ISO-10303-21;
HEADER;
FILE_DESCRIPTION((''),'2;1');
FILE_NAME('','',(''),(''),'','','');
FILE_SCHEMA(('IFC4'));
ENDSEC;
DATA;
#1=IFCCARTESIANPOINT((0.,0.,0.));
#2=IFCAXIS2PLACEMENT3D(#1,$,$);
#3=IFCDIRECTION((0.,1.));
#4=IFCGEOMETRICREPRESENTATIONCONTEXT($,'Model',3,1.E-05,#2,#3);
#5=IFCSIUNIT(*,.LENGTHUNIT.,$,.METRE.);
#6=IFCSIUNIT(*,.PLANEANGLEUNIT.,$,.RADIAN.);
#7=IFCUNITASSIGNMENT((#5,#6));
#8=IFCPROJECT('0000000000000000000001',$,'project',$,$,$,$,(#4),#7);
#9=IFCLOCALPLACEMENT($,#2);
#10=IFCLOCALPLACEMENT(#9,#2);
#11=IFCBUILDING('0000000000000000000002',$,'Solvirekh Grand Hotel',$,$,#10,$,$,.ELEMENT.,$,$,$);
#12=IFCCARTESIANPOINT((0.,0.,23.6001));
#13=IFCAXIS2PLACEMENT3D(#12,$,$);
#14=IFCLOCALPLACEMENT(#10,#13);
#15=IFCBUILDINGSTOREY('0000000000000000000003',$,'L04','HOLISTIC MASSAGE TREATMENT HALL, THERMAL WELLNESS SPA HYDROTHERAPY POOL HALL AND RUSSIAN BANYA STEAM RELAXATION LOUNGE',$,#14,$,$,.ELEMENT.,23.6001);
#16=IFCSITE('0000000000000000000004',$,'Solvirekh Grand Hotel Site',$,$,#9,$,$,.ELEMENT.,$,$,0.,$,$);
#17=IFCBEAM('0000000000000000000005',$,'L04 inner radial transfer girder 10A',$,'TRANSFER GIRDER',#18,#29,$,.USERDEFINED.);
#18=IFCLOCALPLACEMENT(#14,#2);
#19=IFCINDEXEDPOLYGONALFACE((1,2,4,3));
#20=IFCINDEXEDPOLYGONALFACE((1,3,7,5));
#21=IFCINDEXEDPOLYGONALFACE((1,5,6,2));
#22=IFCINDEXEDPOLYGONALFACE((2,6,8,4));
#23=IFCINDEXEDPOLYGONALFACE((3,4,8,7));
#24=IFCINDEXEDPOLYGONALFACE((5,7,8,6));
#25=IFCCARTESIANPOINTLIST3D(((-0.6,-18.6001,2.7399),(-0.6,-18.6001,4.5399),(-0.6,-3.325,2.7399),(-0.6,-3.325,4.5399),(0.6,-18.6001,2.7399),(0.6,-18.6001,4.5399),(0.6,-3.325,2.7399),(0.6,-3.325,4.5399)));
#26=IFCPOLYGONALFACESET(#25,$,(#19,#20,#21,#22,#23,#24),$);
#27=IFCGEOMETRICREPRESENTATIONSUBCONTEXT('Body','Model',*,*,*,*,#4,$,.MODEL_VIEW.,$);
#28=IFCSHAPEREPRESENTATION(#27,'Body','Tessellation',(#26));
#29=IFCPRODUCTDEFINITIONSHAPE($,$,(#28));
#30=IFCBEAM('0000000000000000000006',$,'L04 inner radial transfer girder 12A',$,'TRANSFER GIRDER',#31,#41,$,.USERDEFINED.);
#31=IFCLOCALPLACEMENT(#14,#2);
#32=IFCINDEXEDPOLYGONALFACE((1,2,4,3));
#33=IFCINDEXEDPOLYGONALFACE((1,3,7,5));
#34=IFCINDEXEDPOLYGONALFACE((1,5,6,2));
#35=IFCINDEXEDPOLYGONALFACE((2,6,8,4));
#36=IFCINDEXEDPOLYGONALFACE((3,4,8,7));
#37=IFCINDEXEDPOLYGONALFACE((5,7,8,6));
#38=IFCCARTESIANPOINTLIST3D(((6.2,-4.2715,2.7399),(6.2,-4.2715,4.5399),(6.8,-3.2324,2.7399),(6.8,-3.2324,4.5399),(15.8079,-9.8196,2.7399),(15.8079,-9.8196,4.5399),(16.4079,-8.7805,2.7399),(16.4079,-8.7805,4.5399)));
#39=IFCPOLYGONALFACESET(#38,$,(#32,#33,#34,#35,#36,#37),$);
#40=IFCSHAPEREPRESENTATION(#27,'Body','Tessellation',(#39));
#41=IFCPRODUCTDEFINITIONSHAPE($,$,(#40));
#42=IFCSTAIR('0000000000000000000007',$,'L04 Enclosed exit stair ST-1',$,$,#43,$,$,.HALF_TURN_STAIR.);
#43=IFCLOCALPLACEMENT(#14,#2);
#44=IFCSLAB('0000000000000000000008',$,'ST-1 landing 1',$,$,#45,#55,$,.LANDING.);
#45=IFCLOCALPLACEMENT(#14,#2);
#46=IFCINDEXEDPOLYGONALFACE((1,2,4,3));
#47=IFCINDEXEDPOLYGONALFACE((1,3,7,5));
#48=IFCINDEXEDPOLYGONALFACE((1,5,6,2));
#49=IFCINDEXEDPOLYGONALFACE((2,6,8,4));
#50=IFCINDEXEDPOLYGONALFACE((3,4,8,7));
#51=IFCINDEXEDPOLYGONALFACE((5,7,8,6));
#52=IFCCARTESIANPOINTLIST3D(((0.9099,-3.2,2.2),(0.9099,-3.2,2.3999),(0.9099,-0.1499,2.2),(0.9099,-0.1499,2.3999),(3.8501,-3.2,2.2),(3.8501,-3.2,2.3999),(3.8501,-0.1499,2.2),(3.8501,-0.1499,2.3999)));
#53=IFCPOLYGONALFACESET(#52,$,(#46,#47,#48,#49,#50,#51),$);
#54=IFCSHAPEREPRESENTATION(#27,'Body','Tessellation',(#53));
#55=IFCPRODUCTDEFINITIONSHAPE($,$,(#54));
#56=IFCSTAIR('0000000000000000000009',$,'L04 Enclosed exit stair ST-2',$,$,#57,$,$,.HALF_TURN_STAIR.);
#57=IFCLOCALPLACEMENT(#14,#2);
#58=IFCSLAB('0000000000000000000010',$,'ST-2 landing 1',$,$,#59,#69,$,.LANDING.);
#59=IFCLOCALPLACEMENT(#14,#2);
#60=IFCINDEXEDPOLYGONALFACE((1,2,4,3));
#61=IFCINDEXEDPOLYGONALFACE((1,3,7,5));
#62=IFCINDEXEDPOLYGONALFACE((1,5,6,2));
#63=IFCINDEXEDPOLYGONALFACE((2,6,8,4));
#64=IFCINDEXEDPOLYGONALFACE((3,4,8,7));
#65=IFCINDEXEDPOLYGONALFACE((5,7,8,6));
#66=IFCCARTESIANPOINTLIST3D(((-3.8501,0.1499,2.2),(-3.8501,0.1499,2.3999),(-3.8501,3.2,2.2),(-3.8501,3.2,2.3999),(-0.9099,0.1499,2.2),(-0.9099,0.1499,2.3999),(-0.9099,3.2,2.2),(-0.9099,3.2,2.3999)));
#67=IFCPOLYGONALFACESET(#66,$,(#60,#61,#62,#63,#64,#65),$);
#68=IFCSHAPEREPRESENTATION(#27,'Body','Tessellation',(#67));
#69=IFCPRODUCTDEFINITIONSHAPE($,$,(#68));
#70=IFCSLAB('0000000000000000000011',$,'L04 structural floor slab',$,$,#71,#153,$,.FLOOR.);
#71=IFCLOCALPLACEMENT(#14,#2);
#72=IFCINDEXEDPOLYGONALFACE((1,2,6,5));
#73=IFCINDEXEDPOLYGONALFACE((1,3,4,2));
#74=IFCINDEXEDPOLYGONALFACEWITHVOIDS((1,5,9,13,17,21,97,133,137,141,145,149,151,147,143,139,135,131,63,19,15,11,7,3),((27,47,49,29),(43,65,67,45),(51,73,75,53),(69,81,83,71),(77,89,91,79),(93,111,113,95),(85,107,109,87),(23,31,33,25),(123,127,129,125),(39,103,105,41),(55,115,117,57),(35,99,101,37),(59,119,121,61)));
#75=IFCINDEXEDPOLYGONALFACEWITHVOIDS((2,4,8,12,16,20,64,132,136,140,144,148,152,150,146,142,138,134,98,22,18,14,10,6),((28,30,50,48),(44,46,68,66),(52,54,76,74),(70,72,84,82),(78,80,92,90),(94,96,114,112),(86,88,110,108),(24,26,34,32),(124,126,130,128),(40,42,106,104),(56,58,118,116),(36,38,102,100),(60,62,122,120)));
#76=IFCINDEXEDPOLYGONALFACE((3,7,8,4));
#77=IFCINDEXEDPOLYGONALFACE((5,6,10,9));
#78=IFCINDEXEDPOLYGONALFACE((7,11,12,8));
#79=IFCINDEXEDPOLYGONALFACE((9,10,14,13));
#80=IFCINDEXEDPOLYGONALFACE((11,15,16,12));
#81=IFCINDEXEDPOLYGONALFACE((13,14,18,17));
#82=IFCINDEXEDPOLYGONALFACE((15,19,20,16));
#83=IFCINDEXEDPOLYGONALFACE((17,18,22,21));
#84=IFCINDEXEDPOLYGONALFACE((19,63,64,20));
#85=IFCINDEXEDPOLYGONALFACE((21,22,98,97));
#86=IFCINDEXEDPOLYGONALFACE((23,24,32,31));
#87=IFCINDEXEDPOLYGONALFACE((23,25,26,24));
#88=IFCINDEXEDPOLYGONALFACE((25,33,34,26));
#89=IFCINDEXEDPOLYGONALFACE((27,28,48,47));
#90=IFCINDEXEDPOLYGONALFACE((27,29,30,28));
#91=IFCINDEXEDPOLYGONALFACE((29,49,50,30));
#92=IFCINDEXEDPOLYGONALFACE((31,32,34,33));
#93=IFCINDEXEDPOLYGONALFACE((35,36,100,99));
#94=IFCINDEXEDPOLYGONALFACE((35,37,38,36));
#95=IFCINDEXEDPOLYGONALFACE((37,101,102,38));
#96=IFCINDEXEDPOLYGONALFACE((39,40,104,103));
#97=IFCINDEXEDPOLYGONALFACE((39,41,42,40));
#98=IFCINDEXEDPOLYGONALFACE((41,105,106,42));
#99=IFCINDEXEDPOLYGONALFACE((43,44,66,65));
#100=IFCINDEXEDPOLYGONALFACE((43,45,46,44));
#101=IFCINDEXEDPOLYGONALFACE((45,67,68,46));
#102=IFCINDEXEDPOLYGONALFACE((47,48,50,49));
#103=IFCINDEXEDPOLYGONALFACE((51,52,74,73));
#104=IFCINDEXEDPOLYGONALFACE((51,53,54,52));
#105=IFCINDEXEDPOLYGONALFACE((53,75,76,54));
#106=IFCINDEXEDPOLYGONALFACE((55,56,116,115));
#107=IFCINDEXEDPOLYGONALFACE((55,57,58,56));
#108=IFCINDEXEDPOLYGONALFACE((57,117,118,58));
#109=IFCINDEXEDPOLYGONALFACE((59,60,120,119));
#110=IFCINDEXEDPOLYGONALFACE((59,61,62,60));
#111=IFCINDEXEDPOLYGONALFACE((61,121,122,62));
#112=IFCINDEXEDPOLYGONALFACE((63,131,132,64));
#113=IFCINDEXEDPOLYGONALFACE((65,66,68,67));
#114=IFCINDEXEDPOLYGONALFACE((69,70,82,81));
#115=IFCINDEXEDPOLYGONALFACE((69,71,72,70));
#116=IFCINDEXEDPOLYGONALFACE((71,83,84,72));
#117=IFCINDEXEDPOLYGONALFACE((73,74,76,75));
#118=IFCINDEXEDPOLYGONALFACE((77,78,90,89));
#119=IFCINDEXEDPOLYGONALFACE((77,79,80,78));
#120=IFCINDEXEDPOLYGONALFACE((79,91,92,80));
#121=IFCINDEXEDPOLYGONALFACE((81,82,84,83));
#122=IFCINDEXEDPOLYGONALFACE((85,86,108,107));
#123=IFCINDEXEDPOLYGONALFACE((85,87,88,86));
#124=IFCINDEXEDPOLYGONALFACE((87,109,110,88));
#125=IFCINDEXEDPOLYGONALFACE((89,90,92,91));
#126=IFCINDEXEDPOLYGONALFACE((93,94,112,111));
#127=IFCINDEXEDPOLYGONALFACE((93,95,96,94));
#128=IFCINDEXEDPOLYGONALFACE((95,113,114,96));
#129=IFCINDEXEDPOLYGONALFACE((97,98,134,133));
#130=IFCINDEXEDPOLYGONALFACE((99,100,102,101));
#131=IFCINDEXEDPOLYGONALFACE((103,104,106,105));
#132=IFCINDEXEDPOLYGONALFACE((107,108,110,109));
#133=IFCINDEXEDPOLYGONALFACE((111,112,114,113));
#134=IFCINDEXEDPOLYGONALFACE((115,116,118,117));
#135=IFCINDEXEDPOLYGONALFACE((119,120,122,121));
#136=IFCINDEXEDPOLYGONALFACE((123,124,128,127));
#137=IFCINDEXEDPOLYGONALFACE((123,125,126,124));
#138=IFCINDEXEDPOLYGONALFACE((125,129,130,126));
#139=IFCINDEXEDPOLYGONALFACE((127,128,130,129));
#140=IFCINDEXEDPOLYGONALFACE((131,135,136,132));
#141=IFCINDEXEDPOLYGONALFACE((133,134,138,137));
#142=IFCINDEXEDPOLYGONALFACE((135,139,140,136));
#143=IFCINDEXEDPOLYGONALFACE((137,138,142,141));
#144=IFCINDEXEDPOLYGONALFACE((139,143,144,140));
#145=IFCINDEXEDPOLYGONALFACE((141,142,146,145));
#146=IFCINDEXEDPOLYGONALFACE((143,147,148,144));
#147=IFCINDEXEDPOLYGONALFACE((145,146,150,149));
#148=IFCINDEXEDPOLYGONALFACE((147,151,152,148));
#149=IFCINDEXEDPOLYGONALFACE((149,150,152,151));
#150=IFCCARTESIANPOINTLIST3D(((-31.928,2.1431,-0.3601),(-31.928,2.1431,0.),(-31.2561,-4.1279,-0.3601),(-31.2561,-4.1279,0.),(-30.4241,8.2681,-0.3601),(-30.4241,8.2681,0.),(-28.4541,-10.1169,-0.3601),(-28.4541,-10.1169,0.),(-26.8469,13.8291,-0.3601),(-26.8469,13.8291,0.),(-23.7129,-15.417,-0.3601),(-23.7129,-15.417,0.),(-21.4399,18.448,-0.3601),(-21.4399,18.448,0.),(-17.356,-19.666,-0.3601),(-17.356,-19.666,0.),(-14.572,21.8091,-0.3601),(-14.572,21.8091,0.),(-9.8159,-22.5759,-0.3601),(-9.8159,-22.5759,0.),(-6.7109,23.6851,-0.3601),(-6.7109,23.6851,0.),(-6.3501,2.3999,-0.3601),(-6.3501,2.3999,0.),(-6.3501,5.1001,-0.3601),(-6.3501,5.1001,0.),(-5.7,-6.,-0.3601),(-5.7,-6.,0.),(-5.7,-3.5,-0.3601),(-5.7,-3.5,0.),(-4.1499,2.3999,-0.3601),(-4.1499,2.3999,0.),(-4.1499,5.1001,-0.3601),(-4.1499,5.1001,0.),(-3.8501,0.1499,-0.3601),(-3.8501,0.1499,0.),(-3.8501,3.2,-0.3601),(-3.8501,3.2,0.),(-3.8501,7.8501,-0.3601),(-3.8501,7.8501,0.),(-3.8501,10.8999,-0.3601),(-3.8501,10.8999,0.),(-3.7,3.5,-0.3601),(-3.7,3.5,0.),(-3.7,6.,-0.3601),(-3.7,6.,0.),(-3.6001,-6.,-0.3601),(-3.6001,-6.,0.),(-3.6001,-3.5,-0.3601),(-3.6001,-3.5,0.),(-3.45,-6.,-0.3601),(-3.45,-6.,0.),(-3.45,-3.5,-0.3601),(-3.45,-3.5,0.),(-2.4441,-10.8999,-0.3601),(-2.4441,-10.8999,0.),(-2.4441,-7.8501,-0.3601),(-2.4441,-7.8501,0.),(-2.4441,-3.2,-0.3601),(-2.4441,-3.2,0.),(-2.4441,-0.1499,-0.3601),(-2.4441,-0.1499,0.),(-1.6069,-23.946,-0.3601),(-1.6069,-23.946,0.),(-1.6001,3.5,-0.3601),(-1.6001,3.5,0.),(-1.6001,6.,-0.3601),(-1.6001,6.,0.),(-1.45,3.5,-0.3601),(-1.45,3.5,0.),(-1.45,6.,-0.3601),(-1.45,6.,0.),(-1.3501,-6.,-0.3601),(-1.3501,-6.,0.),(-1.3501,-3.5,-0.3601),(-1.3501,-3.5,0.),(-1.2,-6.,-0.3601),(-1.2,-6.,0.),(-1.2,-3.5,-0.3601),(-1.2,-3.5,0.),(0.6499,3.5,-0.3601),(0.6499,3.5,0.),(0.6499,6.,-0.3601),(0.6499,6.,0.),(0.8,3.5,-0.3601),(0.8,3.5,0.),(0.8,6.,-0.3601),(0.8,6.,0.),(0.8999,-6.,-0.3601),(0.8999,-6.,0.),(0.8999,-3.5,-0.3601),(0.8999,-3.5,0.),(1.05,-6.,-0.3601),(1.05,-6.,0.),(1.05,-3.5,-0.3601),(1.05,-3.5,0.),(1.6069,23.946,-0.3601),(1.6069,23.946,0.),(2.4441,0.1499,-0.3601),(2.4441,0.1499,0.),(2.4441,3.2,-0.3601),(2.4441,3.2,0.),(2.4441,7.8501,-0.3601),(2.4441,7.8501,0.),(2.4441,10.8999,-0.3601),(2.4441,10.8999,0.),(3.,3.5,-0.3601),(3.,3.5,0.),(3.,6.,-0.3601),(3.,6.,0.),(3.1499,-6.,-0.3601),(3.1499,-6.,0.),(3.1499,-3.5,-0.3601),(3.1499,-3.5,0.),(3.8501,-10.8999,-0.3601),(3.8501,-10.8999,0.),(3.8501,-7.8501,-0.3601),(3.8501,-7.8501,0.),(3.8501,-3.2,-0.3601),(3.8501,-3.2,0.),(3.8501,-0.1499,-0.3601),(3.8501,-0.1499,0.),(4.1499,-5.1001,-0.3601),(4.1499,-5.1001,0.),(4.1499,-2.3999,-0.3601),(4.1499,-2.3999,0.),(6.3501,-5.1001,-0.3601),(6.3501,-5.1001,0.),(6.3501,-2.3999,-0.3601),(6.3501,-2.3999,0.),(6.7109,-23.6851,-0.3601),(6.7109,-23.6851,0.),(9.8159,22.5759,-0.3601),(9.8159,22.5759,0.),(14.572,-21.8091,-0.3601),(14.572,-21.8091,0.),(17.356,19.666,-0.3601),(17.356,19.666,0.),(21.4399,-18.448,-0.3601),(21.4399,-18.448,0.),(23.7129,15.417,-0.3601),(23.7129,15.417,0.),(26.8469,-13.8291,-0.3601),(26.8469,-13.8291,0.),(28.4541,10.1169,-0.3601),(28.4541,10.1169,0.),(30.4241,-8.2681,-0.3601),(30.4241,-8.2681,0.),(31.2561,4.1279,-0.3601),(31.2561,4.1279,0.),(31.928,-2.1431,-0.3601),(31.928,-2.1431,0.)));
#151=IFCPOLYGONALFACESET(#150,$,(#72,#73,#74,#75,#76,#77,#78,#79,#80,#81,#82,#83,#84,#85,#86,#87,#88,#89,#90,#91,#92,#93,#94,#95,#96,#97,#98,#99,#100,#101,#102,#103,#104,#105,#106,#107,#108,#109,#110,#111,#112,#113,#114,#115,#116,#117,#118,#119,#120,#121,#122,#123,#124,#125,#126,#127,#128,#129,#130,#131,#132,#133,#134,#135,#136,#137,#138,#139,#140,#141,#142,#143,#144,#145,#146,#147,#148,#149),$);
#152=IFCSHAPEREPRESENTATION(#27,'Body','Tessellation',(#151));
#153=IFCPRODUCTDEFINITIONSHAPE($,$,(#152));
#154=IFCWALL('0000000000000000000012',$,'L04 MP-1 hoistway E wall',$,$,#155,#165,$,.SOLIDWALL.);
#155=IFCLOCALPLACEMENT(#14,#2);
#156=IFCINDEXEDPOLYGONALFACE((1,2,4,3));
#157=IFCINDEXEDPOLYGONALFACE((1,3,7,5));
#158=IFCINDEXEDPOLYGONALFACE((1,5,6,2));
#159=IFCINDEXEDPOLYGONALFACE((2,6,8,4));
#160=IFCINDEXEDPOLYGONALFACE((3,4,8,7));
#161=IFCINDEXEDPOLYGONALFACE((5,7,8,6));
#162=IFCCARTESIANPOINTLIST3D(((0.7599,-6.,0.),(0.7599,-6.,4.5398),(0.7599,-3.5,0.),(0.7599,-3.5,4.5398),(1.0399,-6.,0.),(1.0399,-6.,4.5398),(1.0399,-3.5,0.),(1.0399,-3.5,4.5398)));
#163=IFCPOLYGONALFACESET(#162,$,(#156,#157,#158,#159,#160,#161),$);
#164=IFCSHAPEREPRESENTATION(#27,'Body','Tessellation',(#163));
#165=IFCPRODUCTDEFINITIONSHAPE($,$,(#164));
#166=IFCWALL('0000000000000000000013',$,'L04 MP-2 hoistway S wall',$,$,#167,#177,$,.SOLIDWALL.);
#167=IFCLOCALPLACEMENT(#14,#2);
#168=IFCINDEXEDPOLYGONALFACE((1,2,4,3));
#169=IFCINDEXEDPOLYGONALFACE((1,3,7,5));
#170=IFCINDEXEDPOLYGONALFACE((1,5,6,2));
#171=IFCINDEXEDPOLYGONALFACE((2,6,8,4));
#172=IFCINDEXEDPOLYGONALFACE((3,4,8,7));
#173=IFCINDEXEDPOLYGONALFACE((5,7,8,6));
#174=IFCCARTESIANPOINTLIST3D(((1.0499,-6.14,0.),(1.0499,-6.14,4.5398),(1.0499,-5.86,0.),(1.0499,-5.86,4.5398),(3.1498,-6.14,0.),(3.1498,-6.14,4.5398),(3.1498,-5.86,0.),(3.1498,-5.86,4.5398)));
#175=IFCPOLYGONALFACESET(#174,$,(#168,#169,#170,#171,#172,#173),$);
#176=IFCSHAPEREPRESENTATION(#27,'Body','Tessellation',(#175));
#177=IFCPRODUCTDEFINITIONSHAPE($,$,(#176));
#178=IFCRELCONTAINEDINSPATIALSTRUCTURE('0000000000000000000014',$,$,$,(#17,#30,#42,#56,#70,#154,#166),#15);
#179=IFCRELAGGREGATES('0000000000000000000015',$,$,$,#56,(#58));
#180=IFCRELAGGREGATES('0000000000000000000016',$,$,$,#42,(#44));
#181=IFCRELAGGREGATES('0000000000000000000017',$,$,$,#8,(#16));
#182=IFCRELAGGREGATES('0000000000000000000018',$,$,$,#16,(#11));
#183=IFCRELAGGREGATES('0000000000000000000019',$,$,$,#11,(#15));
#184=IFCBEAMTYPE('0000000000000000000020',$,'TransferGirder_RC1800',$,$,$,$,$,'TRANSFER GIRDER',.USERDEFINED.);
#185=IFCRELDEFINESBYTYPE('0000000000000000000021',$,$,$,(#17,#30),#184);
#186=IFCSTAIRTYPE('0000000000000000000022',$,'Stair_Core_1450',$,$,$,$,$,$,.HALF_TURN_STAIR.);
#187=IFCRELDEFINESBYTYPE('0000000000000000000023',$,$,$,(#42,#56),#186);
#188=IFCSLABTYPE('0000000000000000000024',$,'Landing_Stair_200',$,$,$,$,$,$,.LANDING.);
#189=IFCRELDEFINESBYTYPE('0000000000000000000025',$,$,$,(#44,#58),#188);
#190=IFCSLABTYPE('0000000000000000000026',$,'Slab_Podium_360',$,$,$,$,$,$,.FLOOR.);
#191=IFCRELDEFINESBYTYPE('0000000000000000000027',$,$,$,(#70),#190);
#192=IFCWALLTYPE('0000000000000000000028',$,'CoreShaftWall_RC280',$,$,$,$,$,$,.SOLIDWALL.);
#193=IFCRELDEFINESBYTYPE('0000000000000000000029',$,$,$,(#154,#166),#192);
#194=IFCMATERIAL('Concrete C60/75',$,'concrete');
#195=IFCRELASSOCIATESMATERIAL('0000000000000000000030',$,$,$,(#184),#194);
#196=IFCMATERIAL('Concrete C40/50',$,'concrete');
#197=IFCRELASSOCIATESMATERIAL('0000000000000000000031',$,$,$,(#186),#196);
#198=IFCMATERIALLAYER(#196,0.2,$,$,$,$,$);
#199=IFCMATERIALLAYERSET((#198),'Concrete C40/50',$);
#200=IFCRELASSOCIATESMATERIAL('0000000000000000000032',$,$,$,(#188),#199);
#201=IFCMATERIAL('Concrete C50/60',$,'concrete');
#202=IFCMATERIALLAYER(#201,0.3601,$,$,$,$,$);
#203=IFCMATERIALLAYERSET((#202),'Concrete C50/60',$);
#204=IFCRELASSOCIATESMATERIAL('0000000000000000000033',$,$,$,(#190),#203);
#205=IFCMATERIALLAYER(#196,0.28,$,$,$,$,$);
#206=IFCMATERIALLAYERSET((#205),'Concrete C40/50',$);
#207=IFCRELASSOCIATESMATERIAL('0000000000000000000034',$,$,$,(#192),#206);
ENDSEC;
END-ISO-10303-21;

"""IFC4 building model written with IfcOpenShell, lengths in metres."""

from ifc_helpers import new_model, si_unit, direction, frame, frame_2d, origin, origin_2d, place, context, subcontext, project, spatial, polyline, rectangle, outline, extrude, material, layer, layer_set, material_profile, profile_set, type_object, element, aggregate, save


model = new_model("IFC4")

# Units and contexts
model_context = context("Model", 3, precision=1e-05, world=origin(), true_north=direction((0.0, 1.0)))
body_context = subcontext(model_context, "Body", "Model", "MODEL_VIEW")
ifc_project = project(units=[si_unit("LENGTHUNIT", "METRE"), si_unit("PLANEANGLEUNIT", "RADIAN")], contexts=[model_context])

# Site, building, storey
site_placement = place(None, origin())
site = spatial("IfcSite", under=ifc_project, at=site_placement, Name="Solvirekh Grand Hotel Site", CompositionType="ELEMENT", RefElevation=0.0)
building_placement = place(site_placement, origin())
building = spatial("IfcBuilding", under=site, at=building_placement, Name="Solvirekh Grand Hotel", CompositionType="ELEMENT")
storey_placement = place(building_placement, frame((0.0, 0.0, 23.6001)))
storey = spatial("IfcBuildingStorey", under=building, at=storey_placement, Name="L04", Description="HOLISTIC MASSAGE TREATMENT HALL, THERMAL WELLNESS SPA HYDROTHERAPY POOL HALL AND RUSSIAN BANYA STEAM RELAXATION LOUNGE", CompositionType="ELEMENT", Elevation=23.6001)

# Beams
ifc_material_1 = material(Name="Concrete C60/75", Category="concrete")
ifc_material_profile = material_profile(ifc_material_1, rectangle(XDim=1.2, YDim=1.8, at=origin_2d()), Name="RC GIRDER 1200X1800")
ifc_profile_set = profile_set([ifc_material_profile], Name="Concrete C60/75")
beam_type = type_object("IfcBeamType", Name="TransferGirder_RC1800", ElementType="TRANSFER GIRDER", PredefinedType="USERDEFINED", material=ifc_profile_set)
beam_1_placement = place(storey_placement, frame((0.0, -3.325, 3.6399), z_axis=(0.0, -1.0, 0.0), x_axis=(1.0, 0.0, 0.0)))
element("IfcBeam", 1, at=beam_1_placement, inside=storey, type_object=beam_type, Name="L04 inner radial transfer girder 10A", ObjectType="TRANSFER GIRDER", PredefinedType="USERDEFINED", context=body_context, shape_type="SweptSolid", body=[
    extrude(rectangle(XDim=1.2, YDim=1.8, at=origin_2d()), origin(), (0.0, 0.0, 1.0), 15.2751),
])
beam_2_placement = place(storey_placement, frame((6.5, -3.752, 3.6399), z_axis=(0.865988, -0.500065, 0.0), x_axis=(0.500065, 0.865988, 0.0)))
element("IfcBeam", 2, at=beam_2_placement, inside=storey, type_object=beam_type, Name="L04 inner radial transfer girder 12A", ObjectType="TRANSFER GIRDER", PredefinedType="USERDEFINED", context=body_context, shape_type="SweptSolid", body=[
    extrude(rectangle(XDim=1.2, YDim=1.8, at=origin_2d()), origin(), (0.0, 0.0, 1.0), 11.0947),
])

# Stairs, slabs
ifc_material_2 = material(Name="Concrete C40/50", Category="concrete")
stair_type = type_object("IfcStairType", Name="Stair_Core_1450", PredefinedType="HALF_TURN_STAIR", material=ifc_material_2)
stair_1_placement = place(storey_placement, origin())
stair_1 = element("IfcStair", 3, at=stair_1_placement, inside=storey, type_object=stair_type, Name="L04 Enclosed exit stair ST-1", PredefinedType="HALF_TURN_STAIR")
ifc_layer_1 = layer(ifc_material_2, 0.2)
ifc_layer_set_1 = layer_set([ifc_layer_1], Name="Concrete C40/50")
slab_type_1 = type_object("IfcSlabType", Name="Landing_Stair_200", PredefinedType="LANDING", material=ifc_layer_set_1)
slab_1_placement = place(storey_placement, frame((0.0, 0.0, 2.2)))
slab_1 = element("IfcSlab", 4, at=slab_1_placement, type_object=slab_type_1, Name="ST-1 landing 1", PredefinedType="LANDING", context=body_context, shape_type="SweptSolid", body=[
    extrude(outline(polyline([(0.9099, -3.2), (3.8501, -3.2), (3.8501, -0.1499), (0.9099, -0.1499), (0.9099, -3.2)])), origin(), (0.0, 0.0, 1.0), 0.2),
])
stair_2_placement = place(storey_placement, origin())
stair_2 = element("IfcStair", 5, at=stair_2_placement, inside=storey, type_object=stair_type, Name="L04 Enclosed exit stair ST-2", PredefinedType="HALF_TURN_STAIR")
slab_2_placement = place(storey_placement, frame((0.0, 0.0, 2.2)))
slab_2 = element("IfcSlab", 6, at=slab_2_placement, type_object=slab_type_1, Name="ST-2 landing 1", PredefinedType="LANDING", context=body_context, shape_type="SweptSolid", body=[
    extrude(outline(polyline([(-0.9099, 3.2), (-3.8501, 3.2), (-3.8501, 0.1499), (-0.9099, 0.1499), (-0.9099, 3.2)])), origin(), (0.0, 0.0, 1.0), 0.2),
])
aggregate(stair_2, [slab_2])

# Slab
ifc_material_3 = material(Name="Concrete C50/60", Category="concrete")
ifc_layer_2 = layer(ifc_material_3, 0.3601)
ifc_layer_set_2 = layer_set([ifc_layer_2], Name="Concrete C50/60")
slab_type_2 = type_object("IfcSlabType", Name="Slab_Podium_360", PredefinedType="FLOOR", material=ifc_layer_set_2)
slab_3_placement = place(storey_placement, frame((0.0, 0.0, -0.3601)))
element("IfcSlab", 7, at=slab_3_placement, inside=storey, type_object=slab_type_2, Name="L04 structural floor slab", PredefinedType="FLOOR", context=body_context, shape_type="SweptSolid", body=[
    extrude(outline(polyline([(31.928, -2.1431), (31.2561, 4.1279), (28.4541, 10.1169), (23.7129, 15.417), (17.356, 19.666), (9.8159, 22.5759), (1.6069, 23.946), (-6.7109, 23.6851), (-14.572, 21.8091), (-21.4399, 18.448), (-26.8469, 13.8291), (-30.4241, 8.2681), (-31.928, 2.1431), (-31.2561, -4.1279), (-28.4541, -10.1169), (-23.7129, -15.417), (-17.356, -19.666), (-9.8159, -22.5759), (-1.6069, -23.946), (6.7109, -23.6851), (14.572, -21.8091), (21.4399, -18.448), (26.8469, -13.8291), (30.4241, -8.2681), (31.928, -2.1431)]), holes=[polyline([(-2.4441, -0.1499), (3.8501, -0.1499), (3.8501, -3.2), (-2.4441, -3.2), (-2.4441, -0.1499)]), polyline([(2.4441, 0.1499), (-3.8501, 0.1499), (-3.8501, 3.2), (2.4441, 3.2), (2.4441, 0.1499)]), polyline([(-2.4441, -7.8501), (3.8501, -7.8501), (3.8501, -10.8999), (-2.4441, -10.8999), (-2.4441, -7.8501)]), polyline([(2.4441, 7.8501), (-3.8501, 7.8501), (-3.8501, 10.8999), (2.4441, 10.8999), (2.4441, 7.8501)]), polyline([(-5.7, -3.5), (-3.6001, -3.5), (-3.6001, -6.0), (-5.7, -6.0), (-5.7, -3.5)]), polyline([(-3.45, -3.5), (-1.3501, -3.5), (-1.3501, -6.0), (-3.45, -6.0), (-3.45, -3.5)]), polyline([(-1.2, -3.5), (0.8999, -3.5), (0.8999, -6.0), (-1.2, -6.0), (-1.2, -3.5)]), polyline([(1.05, -3.5), (3.1499, -3.5), (3.1499, -6.0), (1.05, -6.0), (1.05, -3.5)]), polyline([(-3.7, 6.0), (-1.6001, 6.0), (-1.6001, 3.5), (-3.7, 3.5), (-3.7, 6.0)]), polyline([(-1.45, 6.0), (0.6499, 6.0), (0.6499, 3.5), (-1.45, 3.5), (-1.45, 6.0)]), polyline([(0.8, 6.0), (3.0, 6.0), (3.0, 3.5), (0.8, 3.5), (0.8, 6.0)]), polyline([(-6.3501, 5.1001), (-4.1499, 5.1001), (-4.1499, 2.3999), (-6.3501, 2.3999), (-6.3501, 5.1001)]), polyline([(4.1499, -2.3999), (6.3501, -2.3999), (6.3501, -5.1001), (4.1499, -5.1001), (4.1499, -2.3999)])]), origin(), (0.0, 0.0, 1.0), 0.3601),
])

# Walls
ifc_layer_3 = layer(ifc_material_2, 0.28)
ifc_layer_set_3 = layer_set([ifc_layer_3], Name="Concrete C40/50")
wall_type_1 = type_object("IfcWallType", Name="CoreShaftWall_RC280", PredefinedType="SOLIDWALL", material=ifc_layer_set_3)
wall_1_placement = place(storey_placement, frame((0.8999, -6.0, 0.0), z_axis=(0.0, 0.0, 1.0), x_axis=(0.0, 1.0, 0.0)))
element("IfcWall", 8, at=wall_1_placement, inside=storey, type_object=wall_type_1, Name="L04 MP-1 hoistway E wall", PredefinedType="SOLIDWALL", context=body_context, shape_type="SweptSolid", body=[
    extrude(rectangle(XDim=2.5, YDim=0.28, at=frame_2d((1.25, 0.0))), origin(), (0.0, 0.0, 1.0), 4.5398),
])
wall_2_placement = place(storey_placement, frame((1.05, -6.0, 0.0), z_axis=(0.0, 0.0, 1.0), x_axis=(1.0, 0.0, 0.0)))
element("IfcWall", 9, at=wall_2_placement, inside=storey, type_object=wall_type_1, Name="L04 MP-2 hoistway S wall", PredefinedType="SOLIDWALL", context=body_context, shape_type="SweptSolid", body=[
    extrude(rectangle(XDim=2.0999, YDim=0.28, at=frame_2d((1.0498, 0.0))), origin(), (0.0, 0.0, 1.0), 4.5398),
])

aggregate(stair_1, [slab_1])

save(model, "model.ifc")
